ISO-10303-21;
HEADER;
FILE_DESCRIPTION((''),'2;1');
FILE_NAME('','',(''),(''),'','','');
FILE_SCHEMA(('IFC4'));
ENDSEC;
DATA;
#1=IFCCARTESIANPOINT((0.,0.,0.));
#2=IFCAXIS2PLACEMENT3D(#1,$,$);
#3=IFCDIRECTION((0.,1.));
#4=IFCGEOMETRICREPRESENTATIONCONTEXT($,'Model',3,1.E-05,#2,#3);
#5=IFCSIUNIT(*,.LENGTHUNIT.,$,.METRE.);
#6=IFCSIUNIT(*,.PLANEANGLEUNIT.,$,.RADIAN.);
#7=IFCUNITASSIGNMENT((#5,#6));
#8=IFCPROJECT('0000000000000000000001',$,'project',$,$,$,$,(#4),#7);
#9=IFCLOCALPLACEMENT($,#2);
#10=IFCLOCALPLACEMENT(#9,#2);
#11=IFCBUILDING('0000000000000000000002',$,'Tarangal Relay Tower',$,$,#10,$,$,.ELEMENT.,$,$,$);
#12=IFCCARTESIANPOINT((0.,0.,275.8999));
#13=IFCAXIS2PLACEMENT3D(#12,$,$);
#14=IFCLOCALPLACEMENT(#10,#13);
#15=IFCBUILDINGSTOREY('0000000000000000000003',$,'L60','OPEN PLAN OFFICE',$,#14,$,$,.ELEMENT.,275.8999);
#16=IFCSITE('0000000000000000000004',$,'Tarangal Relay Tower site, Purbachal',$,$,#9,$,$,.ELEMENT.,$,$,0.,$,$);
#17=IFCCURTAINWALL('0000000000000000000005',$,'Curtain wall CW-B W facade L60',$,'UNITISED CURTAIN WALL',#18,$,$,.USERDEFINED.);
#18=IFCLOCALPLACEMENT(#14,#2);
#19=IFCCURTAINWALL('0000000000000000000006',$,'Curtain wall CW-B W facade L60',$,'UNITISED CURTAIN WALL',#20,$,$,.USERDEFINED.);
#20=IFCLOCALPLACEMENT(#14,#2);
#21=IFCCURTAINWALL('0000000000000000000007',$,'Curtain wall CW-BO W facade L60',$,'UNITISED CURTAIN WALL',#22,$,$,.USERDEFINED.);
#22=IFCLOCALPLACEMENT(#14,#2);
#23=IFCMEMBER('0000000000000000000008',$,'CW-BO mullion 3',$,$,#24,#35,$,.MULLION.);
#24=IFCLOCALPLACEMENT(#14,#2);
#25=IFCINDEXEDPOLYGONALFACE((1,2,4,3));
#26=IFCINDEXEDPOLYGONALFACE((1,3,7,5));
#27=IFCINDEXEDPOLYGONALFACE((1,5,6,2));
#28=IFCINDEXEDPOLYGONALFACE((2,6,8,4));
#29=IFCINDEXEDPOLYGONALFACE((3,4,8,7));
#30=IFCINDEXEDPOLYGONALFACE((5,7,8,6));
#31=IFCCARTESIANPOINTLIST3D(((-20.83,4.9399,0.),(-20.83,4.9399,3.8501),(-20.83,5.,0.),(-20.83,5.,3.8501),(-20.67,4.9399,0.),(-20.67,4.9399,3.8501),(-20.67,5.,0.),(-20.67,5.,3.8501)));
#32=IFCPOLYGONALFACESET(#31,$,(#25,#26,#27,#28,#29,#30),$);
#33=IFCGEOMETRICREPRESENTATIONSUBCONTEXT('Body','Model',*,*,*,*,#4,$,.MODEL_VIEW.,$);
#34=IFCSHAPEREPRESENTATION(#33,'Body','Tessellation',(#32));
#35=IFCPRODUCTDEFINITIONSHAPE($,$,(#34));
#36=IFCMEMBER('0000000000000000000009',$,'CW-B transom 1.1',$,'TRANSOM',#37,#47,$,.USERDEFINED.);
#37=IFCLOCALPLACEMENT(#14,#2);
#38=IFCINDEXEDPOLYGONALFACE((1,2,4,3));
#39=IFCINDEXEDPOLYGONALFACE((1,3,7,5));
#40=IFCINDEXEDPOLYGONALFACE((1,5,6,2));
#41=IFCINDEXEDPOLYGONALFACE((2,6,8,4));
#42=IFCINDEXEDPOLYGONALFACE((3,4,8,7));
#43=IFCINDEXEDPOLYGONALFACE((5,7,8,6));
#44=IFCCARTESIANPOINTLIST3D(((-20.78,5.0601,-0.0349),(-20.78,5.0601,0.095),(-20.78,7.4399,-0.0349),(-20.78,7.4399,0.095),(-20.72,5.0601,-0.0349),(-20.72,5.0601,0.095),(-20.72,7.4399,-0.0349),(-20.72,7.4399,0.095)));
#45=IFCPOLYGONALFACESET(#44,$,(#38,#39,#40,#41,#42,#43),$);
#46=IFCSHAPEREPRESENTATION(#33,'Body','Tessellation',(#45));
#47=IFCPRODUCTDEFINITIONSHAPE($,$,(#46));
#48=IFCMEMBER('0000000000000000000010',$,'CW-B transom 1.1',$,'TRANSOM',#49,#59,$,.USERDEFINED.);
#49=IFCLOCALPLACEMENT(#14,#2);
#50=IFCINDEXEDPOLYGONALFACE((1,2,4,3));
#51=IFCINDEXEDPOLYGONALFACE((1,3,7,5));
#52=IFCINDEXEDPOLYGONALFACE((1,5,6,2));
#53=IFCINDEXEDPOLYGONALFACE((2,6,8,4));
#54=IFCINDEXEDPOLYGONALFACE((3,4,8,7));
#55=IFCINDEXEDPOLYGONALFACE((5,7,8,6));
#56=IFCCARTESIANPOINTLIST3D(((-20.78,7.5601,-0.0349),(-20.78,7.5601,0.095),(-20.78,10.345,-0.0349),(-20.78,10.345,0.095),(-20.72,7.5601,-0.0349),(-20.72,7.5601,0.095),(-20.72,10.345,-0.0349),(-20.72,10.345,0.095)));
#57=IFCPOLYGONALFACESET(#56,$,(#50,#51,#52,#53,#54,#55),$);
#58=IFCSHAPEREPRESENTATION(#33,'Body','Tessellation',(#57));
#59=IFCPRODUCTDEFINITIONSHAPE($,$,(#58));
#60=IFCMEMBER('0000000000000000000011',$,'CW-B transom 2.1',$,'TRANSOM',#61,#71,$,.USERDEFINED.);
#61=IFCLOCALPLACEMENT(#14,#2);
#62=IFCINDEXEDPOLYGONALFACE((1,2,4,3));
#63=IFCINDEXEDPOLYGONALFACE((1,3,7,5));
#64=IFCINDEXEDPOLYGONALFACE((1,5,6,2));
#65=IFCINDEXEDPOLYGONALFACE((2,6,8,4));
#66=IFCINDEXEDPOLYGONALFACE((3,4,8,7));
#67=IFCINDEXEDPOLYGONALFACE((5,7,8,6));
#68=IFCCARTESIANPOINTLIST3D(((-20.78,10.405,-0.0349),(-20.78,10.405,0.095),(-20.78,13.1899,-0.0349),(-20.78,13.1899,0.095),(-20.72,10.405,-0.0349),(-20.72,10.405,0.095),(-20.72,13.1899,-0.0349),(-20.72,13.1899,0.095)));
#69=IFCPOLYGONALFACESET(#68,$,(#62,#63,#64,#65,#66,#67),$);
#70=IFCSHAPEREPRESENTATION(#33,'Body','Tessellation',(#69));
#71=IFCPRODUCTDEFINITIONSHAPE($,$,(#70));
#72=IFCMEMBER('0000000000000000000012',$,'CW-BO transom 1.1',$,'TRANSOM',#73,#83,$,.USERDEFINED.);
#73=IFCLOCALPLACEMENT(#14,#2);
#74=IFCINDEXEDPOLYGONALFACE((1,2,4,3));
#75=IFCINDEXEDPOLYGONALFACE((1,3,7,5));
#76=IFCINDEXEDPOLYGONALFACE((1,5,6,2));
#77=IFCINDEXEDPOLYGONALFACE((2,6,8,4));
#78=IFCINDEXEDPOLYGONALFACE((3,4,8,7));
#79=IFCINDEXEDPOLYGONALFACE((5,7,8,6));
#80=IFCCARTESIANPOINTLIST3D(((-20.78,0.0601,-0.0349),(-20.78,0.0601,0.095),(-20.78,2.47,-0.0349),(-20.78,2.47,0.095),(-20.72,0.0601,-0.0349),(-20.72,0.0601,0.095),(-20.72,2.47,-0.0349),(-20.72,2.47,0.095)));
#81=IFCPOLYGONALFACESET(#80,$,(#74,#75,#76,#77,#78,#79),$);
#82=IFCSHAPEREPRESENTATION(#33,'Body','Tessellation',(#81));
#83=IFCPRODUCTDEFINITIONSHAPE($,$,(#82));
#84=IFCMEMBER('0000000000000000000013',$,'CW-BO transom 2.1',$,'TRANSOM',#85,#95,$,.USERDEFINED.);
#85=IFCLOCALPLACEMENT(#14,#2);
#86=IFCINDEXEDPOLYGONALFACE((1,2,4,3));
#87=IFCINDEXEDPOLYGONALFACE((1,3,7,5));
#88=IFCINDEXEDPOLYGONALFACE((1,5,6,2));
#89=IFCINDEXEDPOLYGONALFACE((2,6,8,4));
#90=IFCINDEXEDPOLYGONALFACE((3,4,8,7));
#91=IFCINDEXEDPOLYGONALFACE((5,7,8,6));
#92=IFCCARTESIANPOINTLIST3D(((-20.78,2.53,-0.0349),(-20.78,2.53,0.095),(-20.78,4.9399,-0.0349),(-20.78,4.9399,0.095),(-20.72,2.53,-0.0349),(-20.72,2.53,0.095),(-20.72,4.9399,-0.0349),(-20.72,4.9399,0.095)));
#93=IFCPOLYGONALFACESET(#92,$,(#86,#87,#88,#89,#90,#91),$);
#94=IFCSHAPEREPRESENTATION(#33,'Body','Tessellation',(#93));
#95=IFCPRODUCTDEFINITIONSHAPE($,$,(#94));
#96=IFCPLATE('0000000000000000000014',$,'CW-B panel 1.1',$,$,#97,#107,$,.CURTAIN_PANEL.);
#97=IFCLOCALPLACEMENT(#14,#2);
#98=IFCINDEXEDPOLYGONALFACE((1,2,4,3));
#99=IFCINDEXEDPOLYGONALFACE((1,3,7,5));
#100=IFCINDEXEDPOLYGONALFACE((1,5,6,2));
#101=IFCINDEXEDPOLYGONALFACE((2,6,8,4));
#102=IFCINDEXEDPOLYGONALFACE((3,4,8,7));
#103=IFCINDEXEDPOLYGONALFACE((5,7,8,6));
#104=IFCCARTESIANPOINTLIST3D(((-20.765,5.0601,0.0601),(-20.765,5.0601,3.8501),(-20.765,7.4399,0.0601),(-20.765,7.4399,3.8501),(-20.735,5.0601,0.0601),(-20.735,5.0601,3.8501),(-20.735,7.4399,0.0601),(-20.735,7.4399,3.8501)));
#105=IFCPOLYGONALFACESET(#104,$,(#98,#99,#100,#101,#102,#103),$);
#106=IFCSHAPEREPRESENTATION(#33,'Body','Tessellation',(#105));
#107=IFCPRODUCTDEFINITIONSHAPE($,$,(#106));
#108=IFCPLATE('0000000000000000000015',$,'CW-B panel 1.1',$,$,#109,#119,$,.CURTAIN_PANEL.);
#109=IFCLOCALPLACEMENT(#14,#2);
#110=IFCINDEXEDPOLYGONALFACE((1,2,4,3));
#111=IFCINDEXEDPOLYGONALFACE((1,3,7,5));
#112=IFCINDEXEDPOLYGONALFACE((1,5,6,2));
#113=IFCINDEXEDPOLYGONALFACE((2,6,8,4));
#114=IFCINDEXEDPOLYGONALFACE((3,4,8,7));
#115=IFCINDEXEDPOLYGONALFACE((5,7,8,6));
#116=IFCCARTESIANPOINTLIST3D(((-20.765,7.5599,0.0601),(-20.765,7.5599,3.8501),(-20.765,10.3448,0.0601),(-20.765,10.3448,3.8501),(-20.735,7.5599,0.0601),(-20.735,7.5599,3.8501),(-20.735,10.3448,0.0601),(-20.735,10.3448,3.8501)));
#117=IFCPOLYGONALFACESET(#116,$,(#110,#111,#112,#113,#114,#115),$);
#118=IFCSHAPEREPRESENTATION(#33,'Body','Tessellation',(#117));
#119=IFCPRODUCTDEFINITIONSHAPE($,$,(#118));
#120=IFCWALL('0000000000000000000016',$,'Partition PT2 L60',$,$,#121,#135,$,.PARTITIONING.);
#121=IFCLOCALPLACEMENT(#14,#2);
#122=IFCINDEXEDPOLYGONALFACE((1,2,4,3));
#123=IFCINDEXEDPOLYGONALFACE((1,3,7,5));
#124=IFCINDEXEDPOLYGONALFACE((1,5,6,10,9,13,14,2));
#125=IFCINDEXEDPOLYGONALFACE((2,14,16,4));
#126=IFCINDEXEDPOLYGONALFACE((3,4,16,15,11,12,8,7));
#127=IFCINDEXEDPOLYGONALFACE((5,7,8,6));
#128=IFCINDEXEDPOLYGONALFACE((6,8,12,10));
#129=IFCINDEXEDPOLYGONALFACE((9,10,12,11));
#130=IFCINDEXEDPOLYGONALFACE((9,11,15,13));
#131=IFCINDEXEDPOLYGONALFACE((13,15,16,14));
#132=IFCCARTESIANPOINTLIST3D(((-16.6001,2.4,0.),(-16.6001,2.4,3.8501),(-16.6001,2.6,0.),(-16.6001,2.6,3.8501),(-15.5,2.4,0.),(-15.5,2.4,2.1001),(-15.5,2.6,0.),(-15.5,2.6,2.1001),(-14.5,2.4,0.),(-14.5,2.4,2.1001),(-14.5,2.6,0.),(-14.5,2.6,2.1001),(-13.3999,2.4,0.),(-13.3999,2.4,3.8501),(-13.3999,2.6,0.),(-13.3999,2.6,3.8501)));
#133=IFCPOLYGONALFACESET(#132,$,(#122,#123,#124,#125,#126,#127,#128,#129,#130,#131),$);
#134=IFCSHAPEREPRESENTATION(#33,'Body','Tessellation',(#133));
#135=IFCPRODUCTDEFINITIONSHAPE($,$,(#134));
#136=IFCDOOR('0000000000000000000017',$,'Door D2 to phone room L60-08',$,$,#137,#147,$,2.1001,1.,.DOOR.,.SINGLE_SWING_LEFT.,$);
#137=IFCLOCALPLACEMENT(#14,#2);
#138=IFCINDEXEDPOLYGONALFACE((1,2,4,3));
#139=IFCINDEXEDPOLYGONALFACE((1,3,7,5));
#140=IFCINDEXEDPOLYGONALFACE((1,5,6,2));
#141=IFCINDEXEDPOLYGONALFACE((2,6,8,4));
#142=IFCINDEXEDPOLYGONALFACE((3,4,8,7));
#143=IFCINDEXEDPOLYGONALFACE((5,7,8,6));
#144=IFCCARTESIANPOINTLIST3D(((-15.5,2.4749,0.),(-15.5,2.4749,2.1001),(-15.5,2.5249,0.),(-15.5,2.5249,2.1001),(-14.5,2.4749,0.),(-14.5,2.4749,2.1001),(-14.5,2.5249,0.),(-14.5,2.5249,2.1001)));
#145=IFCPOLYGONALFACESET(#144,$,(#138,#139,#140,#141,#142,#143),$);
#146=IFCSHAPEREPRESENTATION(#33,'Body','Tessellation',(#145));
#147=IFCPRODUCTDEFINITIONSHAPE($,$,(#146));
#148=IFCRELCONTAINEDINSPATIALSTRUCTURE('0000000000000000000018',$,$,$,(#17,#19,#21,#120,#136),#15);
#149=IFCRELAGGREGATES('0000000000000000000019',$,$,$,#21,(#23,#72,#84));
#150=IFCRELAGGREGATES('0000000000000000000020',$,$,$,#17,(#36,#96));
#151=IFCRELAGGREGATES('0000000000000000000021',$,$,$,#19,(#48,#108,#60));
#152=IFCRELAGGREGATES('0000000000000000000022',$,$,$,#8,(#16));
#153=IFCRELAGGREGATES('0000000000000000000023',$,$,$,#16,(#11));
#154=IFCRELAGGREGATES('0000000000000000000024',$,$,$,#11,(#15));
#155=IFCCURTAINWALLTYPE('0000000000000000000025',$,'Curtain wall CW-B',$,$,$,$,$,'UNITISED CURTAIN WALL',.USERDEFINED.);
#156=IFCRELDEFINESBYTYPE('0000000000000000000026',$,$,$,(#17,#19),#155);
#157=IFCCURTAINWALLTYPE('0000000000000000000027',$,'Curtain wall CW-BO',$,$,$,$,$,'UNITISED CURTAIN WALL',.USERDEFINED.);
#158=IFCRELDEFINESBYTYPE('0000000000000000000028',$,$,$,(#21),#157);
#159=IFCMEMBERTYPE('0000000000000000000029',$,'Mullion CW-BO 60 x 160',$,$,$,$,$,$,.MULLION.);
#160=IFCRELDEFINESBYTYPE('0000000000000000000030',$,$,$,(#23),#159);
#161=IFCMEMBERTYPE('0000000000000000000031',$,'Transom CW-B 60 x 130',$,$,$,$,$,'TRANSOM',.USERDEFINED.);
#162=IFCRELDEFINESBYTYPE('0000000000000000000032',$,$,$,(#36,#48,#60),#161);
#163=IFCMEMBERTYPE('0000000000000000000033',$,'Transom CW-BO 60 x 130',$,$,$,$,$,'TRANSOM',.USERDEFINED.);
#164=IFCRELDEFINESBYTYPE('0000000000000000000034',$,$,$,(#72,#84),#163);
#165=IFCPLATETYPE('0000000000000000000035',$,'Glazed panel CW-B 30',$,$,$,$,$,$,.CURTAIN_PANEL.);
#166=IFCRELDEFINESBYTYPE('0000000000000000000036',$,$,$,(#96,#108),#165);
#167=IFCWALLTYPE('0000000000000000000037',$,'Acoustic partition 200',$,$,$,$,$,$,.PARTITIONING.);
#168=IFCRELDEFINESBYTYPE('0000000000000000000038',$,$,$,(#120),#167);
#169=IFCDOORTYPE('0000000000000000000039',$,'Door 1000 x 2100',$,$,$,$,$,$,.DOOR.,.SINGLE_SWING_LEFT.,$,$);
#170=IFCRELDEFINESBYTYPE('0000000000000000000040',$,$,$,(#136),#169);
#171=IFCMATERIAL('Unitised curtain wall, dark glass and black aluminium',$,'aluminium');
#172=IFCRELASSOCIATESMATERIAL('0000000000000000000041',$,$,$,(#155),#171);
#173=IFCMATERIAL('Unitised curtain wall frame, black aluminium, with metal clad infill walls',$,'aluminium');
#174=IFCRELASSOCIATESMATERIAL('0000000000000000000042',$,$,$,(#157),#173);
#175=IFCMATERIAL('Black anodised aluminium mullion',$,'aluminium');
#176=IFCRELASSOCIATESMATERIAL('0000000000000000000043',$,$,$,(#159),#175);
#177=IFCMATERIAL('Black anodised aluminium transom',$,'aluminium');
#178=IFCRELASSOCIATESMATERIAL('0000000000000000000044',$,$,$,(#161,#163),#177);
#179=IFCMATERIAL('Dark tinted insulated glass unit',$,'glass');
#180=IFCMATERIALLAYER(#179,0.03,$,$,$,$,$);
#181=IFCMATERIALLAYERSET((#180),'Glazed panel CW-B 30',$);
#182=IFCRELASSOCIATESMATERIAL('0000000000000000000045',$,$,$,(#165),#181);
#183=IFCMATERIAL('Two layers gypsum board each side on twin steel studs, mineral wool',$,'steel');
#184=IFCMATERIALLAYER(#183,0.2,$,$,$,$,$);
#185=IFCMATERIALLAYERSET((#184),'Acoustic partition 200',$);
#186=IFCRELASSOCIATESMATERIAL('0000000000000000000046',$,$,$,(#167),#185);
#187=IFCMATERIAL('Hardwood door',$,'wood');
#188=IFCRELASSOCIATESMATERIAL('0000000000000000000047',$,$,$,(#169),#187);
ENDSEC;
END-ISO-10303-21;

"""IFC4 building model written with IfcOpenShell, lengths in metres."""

from ifc_helpers import new_model, si_unit, direction, frame, frame_2d, origin, origin_2d, place, context, subcontext, project, spatial, rectangle, extrude, material, layer, layer_set, material_profile, profile_set, type_object, element, fill, aggregate, save


model = new_model("IFC4")

# Units and contexts
model_context = context("Model", 3, precision=1e-05, world=origin(), true_north=direction((0.0, 1.0)))
body_context = subcontext(model_context, "Body", "Model", "MODEL_VIEW")
ifc_project = project(units=[si_unit("LENGTHUNIT", "METRE"), si_unit("PLANEANGLEUNIT", "RADIAN")], contexts=[model_context])

# Site, building, storey
site_placement = place(None, origin())
site = spatial("IfcSite", under=ifc_project, at=site_placement, Name="Tarangal Relay Tower site, Purbachal", CompositionType="ELEMENT", RefElevation=0.0)
building_placement = place(site_placement, origin())
building = spatial("IfcBuilding", under=site, at=building_placement, Name="Tarangal Relay Tower", CompositionType="ELEMENT")
storey_placement = place(building_placement, frame((0.0, 0.0, 275.8999)))
storey = spatial("IfcBuildingStorey", under=building, at=storey_placement, Name="L60", Description="OPEN PLAN OFFICE", CompositionType="ELEMENT", Elevation=275.8999)

# Curtain walls, member
ifc_material_1 = material(Name="Unitised curtain wall, dark glass and black aluminium", Category="aluminium")
curtain_wall_type_1 = type_object("IfcCurtainWallType", Name="Curtain wall CW-B", ElementType="UNITISED CURTAIN WALL", PredefinedType="USERDEFINED", material=ifc_material_1)
curtain_wall_1_placement = place(storey_placement, origin())
curtain_wall_1 = element("IfcCurtainWall", 1, at=curtain_wall_1_placement, inside=storey, type_object=curtain_wall_type_1, Name="Curtain wall CW-B W facade L60", ObjectType="UNITISED CURTAIN WALL", PredefinedType="USERDEFINED")
ifc_material_2 = material(Name="Black anodised aluminium mullion", Category="aluminium")
curtain_wall_2_placement = place(storey_placement, origin())
curtain_wall_2 = element("IfcCurtainWall", 2, at=curtain_wall_2_placement, inside=storey, type_object=curtain_wall_type_1, Name="Curtain wall CW-B W facade L60", ObjectType="UNITISED CURTAIN WALL", PredefinedType="USERDEFINED")
ifc_material_3 = material(Name="Unitised curtain wall frame, black aluminium, with metal clad infill walls", Category="aluminium")
curtain_wall_type_2 = type_object("IfcCurtainWallType", Name="Curtain wall CW-BO", ElementType="UNITISED CURTAIN WALL", PredefinedType="USERDEFINED", material=ifc_material_3)
curtain_wall_3_placement = place(storey_placement, origin())
curtain_wall_3 = element("IfcCurtainWall", 3, at=curtain_wall_3_placement, inside=storey, type_object=curtain_wall_type_2, Name="Curtain wall CW-BO W facade L60", ObjectType="UNITISED CURTAIN WALL", PredefinedType="USERDEFINED")
ifc_material_profile_1 = material_profile(ifc_material_2, rectangle(XDim=0.1599, YDim=0.0601, at=origin_2d()), Name="CW-BOM 60X160")
ifc_profile_set_1 = profile_set([ifc_material_profile_1], Name="Black anodised aluminium mullion")
member_type_1 = type_object("IfcMemberType", Name="Mullion CW-BO 60 x 160", PredefinedType="MULLION", material=ifc_profile_set_1)
member_1_placement = place(storey_placement, frame((-20.75, 4.97, 0.0), z_axis=(0.0, 0.0, 1.0), x_axis=(-1.0, 0.0, 0.0)))
member_1 = element("IfcMember", 4, at=member_1_placement, type_object=member_type_1, Name="CW-BO mullion 3", PredefinedType="MULLION", context=body_context, shape_type="SweptSolid", body=[
    extrude(rectangle(XDim=0.1599, YDim=0.0601, at=origin_2d()), origin(), (0.0, 0.0, 1.0), 3.8501),
])

# Members
ifc_material_4 = material(Name="Black anodised aluminium transom", Category="aluminium")
ifc_material_profile_2 = material_profile(ifc_material_4, rectangle(XDim=0.0601, YDim=0.1299, at=origin_2d()), Name="CW-BT 60X130")
ifc_profile_set_2 = profile_set([ifc_material_profile_2], Name="Black anodised aluminium transom")
member_type_2 = type_object("IfcMemberType", Name="Transom CW-B 60 x 130", ElementType="TRANSOM", PredefinedType="USERDEFINED", material=ifc_profile_set_2)
member_2_placement = place(storey_placement, frame((-20.75, 5.0601, 0.03), z_axis=(0.0, 1.0, 0.0), x_axis=(-1.0, 0.0, 0.0)))
member_2 = element("IfcMember", 5, at=member_2_placement, type_object=member_type_2, Name="CW-B transom 1.1", ObjectType="TRANSOM", PredefinedType="USERDEFINED", context=body_context, shape_type="SweptSolid", body=[
    extrude(rectangle(XDim=0.0601, YDim=0.1299, at=origin_2d()), origin(), (0.0, 0.0, 1.0), 2.3799),
])
member_3_placement = place(storey_placement, frame((-20.75, 7.5601, 0.03), z_axis=(0.0, 1.0, 0.0), x_axis=(-1.0, 0.0, 0.0)))
member_3 = element("IfcMember", 6, at=member_3_placement, type_object=member_type_2, Name="CW-B transom 1.1", ObjectType="TRANSOM", PredefinedType="USERDEFINED", context=body_context, shape_type="SweptSolid", body=[
    extrude(rectangle(XDim=0.0601, YDim=0.1299, at=origin_2d()), origin(), (0.0, 0.0, 1.0), 2.7849),
])
member_4_placement = place(storey_placement, frame((-20.75, 10.405, 0.03), z_axis=(0.0, 1.0, 0.0), x_axis=(-1.0, 0.0, 0.0)))
member_4 = element("IfcMember", 7, at=member_4_placement, type_object=member_type_2, Name="CW-B transom 2.1", ObjectType="TRANSOM", PredefinedType="USERDEFINED", context=body_context, shape_type="SweptSolid", body=[
    extrude(rectangle(XDim=0.0601, YDim=0.1299, at=origin_2d()), origin(), (0.0, 0.0, 1.0), 2.7849),
])
ifc_material_profile_3 = material_profile(ifc_material_4, rectangle(XDim=0.0601, YDim=0.1299, at=origin_2d()), Name="CW-BOT 60X130")
ifc_profile_set_3 = profile_set([ifc_material_profile_3], Name="Black anodised aluminium transom")
member_type_3 = type_object("IfcMemberType", Name="Transom CW-BO 60 x 130", ElementType="TRANSOM", PredefinedType="USERDEFINED", material=ifc_profile_set_3)
member_5_placement = place(storey_placement, frame((-20.75, 0.0601, 0.03), z_axis=(0.0, 1.0, 0.0), x_axis=(-1.0, 0.0, 0.0)))
member_5 = element("IfcMember", 8, at=member_5_placement, type_object=member_type_3, Name="CW-BO transom 1.1", ObjectType="TRANSOM", PredefinedType="USERDEFINED", context=body_context, shape_type="SweptSolid", body=[
    extrude(rectangle(XDim=0.0601, YDim=0.1299, at=origin_2d()), origin(), (0.0, 0.0, 1.0), 2.4099),
])
member_6_placement = place(storey_placement, frame((-20.75, 2.53, 0.03), z_axis=(0.0, 1.0, 0.0), x_axis=(-1.0, 0.0, 0.0)))
member_6 = element("IfcMember", 9, at=member_6_placement, type_object=member_type_3, Name="CW-BO transom 2.1", ObjectType="TRANSOM", PredefinedType="USERDEFINED", context=body_context, shape_type="SweptSolid", body=[
    extrude(rectangle(XDim=0.0601, YDim=0.1299, at=origin_2d()), origin(), (0.0, 0.0, 1.0), 2.4099),
])
aggregate(curtain_wall_3, [member_1, member_5, member_6])

# Plates
ifc_material_5 = material(Name="Dark tinted insulated glass unit", Category="glass")
ifc_layer_1 = layer(ifc_material_5, 0.03)
ifc_layer_set_1 = layer_set([ifc_layer_1], Name="Glazed panel CW-B 30")
plate_type = type_object("IfcPlateType", Name="Glazed panel CW-B 30", PredefinedType="CURTAIN_PANEL", material=ifc_layer_set_1)
plate_1_placement = place(storey_placement, frame((-20.75, 6.25, 0.0601), z_axis=(0.0, 0.0, 1.0), x_axis=(0.0, 1.0, 0.0)))
plate_1 = element("IfcPlate", 10, at=plate_1_placement, type_object=plate_type, Name="CW-B panel 1.1", PredefinedType="CURTAIN_PANEL", context=body_context, shape_type="SweptSolid", body=[
    extrude(rectangle(XDim=2.3799, YDim=0.03, at=origin_2d()), origin(), (0.0, 0.0, 1.0), 3.79),
])
aggregate(curtain_wall_1, [member_2, plate_1])
plate_2_placement = place(storey_placement, frame((-20.75, 8.9524, 0.0601), z_axis=(0.0, 0.0, 1.0), x_axis=(0.0, 1.0, 0.0)))
plate_2 = element("IfcPlate", 11, at=plate_2_placement, type_object=plate_type, Name="CW-B panel 1.1", PredefinedType="CURTAIN_PANEL", context=body_context, shape_type="SweptSolid", body=[
    extrude(rectangle(XDim=2.7849, YDim=0.03, at=origin_2d()), origin(), (0.0, 0.0, 1.0), 3.79),
])
aggregate(curtain_wall_2, [member_3, plate_2, member_4])

# Wall, opening, door
ifc_material_6 = material(Name="Two layers gypsum board each side on twin steel studs, mineral wool", Category="steel")
ifc_layer_2 = layer(ifc_material_6, 0.2)
ifc_layer_set_2 = layer_set([ifc_layer_2], Name="Acoustic partition 200")
wall_type_1 = type_object("IfcWallType", Name="Acoustic partition 200", PredefinedType="PARTITIONING", material=ifc_layer_set_2)
wall_1_placement = place(storey_placement, frame((-16.6001, 2.5, 0.0), z_axis=(0.0, 0.0, 1.0), x_axis=(1.0, 0.0, 0.0)))
wall_1 = element("IfcWall", 12, at=wall_1_placement, inside=storey, type_object=wall_type_1, Name="Partition PT2 L60", PredefinedType="PARTITIONING", context=body_context, shape_type="SweptSolid", body=[
    extrude(rectangle(XDim=3.2002, YDim=0.2, at=frame_2d((1.6001, 0.0))), origin(), (0.0, 0.0, 1.0), 3.8501),
])
opening_1_placement = place(wall_1_placement, frame((1.1001, 0.0, 0.0)))
opening_1 = element("IfcOpeningElement", 13, at=opening_1_placement, cuts=wall_1, PredefinedType="OPENING", context=body_context, shape_type="SweptSolid", body=[
    extrude(rectangle(XDim=1.0, YDim=2.1001, at=frame_2d((0.5, 1.05))), frame((0.0, 0.1099, 0.0), z_axis=(0.0, -1.0, 0.0), x_axis=(1.0, 0.0, 0.0)), (0.0, 0.0, 1.0), 0.22),
])
ifc_material_7 = material(Name="Hardwood door", Category="wood")
door_type_1 = type_object("IfcDoorType", Name="Door 1000 x 2100", OperationType="SINGLE_SWING_LEFT", PredefinedType="DOOR", material=ifc_material_7)
door_1_placement = place(opening_1_placement, origin())
door_1 = element("IfcDoor", 14, at=door_1_placement, inside=storey, type_object=door_type_1, Name="Door D2 to phone room L60-08", OperationType="SINGLE_SWING_LEFT", OverallHeight=2.1001, OverallWidth=1.0, PredefinedType="DOOR", context=body_context, shape_type="SweptSolid", body=[
    extrude(rectangle(XDim=1.0, YDim=2.1001, at=frame_2d((0.5, 1.05))), frame((0.0, 0.0249, 0.0), z_axis=(0.0, -1.0, 0.0), x_axis=(1.0, 0.0, 0.0)), (0.0, 0.0, 1.0), 0.05),
])
fill(opening_1, door_1)

save(model, "model.ifc")
